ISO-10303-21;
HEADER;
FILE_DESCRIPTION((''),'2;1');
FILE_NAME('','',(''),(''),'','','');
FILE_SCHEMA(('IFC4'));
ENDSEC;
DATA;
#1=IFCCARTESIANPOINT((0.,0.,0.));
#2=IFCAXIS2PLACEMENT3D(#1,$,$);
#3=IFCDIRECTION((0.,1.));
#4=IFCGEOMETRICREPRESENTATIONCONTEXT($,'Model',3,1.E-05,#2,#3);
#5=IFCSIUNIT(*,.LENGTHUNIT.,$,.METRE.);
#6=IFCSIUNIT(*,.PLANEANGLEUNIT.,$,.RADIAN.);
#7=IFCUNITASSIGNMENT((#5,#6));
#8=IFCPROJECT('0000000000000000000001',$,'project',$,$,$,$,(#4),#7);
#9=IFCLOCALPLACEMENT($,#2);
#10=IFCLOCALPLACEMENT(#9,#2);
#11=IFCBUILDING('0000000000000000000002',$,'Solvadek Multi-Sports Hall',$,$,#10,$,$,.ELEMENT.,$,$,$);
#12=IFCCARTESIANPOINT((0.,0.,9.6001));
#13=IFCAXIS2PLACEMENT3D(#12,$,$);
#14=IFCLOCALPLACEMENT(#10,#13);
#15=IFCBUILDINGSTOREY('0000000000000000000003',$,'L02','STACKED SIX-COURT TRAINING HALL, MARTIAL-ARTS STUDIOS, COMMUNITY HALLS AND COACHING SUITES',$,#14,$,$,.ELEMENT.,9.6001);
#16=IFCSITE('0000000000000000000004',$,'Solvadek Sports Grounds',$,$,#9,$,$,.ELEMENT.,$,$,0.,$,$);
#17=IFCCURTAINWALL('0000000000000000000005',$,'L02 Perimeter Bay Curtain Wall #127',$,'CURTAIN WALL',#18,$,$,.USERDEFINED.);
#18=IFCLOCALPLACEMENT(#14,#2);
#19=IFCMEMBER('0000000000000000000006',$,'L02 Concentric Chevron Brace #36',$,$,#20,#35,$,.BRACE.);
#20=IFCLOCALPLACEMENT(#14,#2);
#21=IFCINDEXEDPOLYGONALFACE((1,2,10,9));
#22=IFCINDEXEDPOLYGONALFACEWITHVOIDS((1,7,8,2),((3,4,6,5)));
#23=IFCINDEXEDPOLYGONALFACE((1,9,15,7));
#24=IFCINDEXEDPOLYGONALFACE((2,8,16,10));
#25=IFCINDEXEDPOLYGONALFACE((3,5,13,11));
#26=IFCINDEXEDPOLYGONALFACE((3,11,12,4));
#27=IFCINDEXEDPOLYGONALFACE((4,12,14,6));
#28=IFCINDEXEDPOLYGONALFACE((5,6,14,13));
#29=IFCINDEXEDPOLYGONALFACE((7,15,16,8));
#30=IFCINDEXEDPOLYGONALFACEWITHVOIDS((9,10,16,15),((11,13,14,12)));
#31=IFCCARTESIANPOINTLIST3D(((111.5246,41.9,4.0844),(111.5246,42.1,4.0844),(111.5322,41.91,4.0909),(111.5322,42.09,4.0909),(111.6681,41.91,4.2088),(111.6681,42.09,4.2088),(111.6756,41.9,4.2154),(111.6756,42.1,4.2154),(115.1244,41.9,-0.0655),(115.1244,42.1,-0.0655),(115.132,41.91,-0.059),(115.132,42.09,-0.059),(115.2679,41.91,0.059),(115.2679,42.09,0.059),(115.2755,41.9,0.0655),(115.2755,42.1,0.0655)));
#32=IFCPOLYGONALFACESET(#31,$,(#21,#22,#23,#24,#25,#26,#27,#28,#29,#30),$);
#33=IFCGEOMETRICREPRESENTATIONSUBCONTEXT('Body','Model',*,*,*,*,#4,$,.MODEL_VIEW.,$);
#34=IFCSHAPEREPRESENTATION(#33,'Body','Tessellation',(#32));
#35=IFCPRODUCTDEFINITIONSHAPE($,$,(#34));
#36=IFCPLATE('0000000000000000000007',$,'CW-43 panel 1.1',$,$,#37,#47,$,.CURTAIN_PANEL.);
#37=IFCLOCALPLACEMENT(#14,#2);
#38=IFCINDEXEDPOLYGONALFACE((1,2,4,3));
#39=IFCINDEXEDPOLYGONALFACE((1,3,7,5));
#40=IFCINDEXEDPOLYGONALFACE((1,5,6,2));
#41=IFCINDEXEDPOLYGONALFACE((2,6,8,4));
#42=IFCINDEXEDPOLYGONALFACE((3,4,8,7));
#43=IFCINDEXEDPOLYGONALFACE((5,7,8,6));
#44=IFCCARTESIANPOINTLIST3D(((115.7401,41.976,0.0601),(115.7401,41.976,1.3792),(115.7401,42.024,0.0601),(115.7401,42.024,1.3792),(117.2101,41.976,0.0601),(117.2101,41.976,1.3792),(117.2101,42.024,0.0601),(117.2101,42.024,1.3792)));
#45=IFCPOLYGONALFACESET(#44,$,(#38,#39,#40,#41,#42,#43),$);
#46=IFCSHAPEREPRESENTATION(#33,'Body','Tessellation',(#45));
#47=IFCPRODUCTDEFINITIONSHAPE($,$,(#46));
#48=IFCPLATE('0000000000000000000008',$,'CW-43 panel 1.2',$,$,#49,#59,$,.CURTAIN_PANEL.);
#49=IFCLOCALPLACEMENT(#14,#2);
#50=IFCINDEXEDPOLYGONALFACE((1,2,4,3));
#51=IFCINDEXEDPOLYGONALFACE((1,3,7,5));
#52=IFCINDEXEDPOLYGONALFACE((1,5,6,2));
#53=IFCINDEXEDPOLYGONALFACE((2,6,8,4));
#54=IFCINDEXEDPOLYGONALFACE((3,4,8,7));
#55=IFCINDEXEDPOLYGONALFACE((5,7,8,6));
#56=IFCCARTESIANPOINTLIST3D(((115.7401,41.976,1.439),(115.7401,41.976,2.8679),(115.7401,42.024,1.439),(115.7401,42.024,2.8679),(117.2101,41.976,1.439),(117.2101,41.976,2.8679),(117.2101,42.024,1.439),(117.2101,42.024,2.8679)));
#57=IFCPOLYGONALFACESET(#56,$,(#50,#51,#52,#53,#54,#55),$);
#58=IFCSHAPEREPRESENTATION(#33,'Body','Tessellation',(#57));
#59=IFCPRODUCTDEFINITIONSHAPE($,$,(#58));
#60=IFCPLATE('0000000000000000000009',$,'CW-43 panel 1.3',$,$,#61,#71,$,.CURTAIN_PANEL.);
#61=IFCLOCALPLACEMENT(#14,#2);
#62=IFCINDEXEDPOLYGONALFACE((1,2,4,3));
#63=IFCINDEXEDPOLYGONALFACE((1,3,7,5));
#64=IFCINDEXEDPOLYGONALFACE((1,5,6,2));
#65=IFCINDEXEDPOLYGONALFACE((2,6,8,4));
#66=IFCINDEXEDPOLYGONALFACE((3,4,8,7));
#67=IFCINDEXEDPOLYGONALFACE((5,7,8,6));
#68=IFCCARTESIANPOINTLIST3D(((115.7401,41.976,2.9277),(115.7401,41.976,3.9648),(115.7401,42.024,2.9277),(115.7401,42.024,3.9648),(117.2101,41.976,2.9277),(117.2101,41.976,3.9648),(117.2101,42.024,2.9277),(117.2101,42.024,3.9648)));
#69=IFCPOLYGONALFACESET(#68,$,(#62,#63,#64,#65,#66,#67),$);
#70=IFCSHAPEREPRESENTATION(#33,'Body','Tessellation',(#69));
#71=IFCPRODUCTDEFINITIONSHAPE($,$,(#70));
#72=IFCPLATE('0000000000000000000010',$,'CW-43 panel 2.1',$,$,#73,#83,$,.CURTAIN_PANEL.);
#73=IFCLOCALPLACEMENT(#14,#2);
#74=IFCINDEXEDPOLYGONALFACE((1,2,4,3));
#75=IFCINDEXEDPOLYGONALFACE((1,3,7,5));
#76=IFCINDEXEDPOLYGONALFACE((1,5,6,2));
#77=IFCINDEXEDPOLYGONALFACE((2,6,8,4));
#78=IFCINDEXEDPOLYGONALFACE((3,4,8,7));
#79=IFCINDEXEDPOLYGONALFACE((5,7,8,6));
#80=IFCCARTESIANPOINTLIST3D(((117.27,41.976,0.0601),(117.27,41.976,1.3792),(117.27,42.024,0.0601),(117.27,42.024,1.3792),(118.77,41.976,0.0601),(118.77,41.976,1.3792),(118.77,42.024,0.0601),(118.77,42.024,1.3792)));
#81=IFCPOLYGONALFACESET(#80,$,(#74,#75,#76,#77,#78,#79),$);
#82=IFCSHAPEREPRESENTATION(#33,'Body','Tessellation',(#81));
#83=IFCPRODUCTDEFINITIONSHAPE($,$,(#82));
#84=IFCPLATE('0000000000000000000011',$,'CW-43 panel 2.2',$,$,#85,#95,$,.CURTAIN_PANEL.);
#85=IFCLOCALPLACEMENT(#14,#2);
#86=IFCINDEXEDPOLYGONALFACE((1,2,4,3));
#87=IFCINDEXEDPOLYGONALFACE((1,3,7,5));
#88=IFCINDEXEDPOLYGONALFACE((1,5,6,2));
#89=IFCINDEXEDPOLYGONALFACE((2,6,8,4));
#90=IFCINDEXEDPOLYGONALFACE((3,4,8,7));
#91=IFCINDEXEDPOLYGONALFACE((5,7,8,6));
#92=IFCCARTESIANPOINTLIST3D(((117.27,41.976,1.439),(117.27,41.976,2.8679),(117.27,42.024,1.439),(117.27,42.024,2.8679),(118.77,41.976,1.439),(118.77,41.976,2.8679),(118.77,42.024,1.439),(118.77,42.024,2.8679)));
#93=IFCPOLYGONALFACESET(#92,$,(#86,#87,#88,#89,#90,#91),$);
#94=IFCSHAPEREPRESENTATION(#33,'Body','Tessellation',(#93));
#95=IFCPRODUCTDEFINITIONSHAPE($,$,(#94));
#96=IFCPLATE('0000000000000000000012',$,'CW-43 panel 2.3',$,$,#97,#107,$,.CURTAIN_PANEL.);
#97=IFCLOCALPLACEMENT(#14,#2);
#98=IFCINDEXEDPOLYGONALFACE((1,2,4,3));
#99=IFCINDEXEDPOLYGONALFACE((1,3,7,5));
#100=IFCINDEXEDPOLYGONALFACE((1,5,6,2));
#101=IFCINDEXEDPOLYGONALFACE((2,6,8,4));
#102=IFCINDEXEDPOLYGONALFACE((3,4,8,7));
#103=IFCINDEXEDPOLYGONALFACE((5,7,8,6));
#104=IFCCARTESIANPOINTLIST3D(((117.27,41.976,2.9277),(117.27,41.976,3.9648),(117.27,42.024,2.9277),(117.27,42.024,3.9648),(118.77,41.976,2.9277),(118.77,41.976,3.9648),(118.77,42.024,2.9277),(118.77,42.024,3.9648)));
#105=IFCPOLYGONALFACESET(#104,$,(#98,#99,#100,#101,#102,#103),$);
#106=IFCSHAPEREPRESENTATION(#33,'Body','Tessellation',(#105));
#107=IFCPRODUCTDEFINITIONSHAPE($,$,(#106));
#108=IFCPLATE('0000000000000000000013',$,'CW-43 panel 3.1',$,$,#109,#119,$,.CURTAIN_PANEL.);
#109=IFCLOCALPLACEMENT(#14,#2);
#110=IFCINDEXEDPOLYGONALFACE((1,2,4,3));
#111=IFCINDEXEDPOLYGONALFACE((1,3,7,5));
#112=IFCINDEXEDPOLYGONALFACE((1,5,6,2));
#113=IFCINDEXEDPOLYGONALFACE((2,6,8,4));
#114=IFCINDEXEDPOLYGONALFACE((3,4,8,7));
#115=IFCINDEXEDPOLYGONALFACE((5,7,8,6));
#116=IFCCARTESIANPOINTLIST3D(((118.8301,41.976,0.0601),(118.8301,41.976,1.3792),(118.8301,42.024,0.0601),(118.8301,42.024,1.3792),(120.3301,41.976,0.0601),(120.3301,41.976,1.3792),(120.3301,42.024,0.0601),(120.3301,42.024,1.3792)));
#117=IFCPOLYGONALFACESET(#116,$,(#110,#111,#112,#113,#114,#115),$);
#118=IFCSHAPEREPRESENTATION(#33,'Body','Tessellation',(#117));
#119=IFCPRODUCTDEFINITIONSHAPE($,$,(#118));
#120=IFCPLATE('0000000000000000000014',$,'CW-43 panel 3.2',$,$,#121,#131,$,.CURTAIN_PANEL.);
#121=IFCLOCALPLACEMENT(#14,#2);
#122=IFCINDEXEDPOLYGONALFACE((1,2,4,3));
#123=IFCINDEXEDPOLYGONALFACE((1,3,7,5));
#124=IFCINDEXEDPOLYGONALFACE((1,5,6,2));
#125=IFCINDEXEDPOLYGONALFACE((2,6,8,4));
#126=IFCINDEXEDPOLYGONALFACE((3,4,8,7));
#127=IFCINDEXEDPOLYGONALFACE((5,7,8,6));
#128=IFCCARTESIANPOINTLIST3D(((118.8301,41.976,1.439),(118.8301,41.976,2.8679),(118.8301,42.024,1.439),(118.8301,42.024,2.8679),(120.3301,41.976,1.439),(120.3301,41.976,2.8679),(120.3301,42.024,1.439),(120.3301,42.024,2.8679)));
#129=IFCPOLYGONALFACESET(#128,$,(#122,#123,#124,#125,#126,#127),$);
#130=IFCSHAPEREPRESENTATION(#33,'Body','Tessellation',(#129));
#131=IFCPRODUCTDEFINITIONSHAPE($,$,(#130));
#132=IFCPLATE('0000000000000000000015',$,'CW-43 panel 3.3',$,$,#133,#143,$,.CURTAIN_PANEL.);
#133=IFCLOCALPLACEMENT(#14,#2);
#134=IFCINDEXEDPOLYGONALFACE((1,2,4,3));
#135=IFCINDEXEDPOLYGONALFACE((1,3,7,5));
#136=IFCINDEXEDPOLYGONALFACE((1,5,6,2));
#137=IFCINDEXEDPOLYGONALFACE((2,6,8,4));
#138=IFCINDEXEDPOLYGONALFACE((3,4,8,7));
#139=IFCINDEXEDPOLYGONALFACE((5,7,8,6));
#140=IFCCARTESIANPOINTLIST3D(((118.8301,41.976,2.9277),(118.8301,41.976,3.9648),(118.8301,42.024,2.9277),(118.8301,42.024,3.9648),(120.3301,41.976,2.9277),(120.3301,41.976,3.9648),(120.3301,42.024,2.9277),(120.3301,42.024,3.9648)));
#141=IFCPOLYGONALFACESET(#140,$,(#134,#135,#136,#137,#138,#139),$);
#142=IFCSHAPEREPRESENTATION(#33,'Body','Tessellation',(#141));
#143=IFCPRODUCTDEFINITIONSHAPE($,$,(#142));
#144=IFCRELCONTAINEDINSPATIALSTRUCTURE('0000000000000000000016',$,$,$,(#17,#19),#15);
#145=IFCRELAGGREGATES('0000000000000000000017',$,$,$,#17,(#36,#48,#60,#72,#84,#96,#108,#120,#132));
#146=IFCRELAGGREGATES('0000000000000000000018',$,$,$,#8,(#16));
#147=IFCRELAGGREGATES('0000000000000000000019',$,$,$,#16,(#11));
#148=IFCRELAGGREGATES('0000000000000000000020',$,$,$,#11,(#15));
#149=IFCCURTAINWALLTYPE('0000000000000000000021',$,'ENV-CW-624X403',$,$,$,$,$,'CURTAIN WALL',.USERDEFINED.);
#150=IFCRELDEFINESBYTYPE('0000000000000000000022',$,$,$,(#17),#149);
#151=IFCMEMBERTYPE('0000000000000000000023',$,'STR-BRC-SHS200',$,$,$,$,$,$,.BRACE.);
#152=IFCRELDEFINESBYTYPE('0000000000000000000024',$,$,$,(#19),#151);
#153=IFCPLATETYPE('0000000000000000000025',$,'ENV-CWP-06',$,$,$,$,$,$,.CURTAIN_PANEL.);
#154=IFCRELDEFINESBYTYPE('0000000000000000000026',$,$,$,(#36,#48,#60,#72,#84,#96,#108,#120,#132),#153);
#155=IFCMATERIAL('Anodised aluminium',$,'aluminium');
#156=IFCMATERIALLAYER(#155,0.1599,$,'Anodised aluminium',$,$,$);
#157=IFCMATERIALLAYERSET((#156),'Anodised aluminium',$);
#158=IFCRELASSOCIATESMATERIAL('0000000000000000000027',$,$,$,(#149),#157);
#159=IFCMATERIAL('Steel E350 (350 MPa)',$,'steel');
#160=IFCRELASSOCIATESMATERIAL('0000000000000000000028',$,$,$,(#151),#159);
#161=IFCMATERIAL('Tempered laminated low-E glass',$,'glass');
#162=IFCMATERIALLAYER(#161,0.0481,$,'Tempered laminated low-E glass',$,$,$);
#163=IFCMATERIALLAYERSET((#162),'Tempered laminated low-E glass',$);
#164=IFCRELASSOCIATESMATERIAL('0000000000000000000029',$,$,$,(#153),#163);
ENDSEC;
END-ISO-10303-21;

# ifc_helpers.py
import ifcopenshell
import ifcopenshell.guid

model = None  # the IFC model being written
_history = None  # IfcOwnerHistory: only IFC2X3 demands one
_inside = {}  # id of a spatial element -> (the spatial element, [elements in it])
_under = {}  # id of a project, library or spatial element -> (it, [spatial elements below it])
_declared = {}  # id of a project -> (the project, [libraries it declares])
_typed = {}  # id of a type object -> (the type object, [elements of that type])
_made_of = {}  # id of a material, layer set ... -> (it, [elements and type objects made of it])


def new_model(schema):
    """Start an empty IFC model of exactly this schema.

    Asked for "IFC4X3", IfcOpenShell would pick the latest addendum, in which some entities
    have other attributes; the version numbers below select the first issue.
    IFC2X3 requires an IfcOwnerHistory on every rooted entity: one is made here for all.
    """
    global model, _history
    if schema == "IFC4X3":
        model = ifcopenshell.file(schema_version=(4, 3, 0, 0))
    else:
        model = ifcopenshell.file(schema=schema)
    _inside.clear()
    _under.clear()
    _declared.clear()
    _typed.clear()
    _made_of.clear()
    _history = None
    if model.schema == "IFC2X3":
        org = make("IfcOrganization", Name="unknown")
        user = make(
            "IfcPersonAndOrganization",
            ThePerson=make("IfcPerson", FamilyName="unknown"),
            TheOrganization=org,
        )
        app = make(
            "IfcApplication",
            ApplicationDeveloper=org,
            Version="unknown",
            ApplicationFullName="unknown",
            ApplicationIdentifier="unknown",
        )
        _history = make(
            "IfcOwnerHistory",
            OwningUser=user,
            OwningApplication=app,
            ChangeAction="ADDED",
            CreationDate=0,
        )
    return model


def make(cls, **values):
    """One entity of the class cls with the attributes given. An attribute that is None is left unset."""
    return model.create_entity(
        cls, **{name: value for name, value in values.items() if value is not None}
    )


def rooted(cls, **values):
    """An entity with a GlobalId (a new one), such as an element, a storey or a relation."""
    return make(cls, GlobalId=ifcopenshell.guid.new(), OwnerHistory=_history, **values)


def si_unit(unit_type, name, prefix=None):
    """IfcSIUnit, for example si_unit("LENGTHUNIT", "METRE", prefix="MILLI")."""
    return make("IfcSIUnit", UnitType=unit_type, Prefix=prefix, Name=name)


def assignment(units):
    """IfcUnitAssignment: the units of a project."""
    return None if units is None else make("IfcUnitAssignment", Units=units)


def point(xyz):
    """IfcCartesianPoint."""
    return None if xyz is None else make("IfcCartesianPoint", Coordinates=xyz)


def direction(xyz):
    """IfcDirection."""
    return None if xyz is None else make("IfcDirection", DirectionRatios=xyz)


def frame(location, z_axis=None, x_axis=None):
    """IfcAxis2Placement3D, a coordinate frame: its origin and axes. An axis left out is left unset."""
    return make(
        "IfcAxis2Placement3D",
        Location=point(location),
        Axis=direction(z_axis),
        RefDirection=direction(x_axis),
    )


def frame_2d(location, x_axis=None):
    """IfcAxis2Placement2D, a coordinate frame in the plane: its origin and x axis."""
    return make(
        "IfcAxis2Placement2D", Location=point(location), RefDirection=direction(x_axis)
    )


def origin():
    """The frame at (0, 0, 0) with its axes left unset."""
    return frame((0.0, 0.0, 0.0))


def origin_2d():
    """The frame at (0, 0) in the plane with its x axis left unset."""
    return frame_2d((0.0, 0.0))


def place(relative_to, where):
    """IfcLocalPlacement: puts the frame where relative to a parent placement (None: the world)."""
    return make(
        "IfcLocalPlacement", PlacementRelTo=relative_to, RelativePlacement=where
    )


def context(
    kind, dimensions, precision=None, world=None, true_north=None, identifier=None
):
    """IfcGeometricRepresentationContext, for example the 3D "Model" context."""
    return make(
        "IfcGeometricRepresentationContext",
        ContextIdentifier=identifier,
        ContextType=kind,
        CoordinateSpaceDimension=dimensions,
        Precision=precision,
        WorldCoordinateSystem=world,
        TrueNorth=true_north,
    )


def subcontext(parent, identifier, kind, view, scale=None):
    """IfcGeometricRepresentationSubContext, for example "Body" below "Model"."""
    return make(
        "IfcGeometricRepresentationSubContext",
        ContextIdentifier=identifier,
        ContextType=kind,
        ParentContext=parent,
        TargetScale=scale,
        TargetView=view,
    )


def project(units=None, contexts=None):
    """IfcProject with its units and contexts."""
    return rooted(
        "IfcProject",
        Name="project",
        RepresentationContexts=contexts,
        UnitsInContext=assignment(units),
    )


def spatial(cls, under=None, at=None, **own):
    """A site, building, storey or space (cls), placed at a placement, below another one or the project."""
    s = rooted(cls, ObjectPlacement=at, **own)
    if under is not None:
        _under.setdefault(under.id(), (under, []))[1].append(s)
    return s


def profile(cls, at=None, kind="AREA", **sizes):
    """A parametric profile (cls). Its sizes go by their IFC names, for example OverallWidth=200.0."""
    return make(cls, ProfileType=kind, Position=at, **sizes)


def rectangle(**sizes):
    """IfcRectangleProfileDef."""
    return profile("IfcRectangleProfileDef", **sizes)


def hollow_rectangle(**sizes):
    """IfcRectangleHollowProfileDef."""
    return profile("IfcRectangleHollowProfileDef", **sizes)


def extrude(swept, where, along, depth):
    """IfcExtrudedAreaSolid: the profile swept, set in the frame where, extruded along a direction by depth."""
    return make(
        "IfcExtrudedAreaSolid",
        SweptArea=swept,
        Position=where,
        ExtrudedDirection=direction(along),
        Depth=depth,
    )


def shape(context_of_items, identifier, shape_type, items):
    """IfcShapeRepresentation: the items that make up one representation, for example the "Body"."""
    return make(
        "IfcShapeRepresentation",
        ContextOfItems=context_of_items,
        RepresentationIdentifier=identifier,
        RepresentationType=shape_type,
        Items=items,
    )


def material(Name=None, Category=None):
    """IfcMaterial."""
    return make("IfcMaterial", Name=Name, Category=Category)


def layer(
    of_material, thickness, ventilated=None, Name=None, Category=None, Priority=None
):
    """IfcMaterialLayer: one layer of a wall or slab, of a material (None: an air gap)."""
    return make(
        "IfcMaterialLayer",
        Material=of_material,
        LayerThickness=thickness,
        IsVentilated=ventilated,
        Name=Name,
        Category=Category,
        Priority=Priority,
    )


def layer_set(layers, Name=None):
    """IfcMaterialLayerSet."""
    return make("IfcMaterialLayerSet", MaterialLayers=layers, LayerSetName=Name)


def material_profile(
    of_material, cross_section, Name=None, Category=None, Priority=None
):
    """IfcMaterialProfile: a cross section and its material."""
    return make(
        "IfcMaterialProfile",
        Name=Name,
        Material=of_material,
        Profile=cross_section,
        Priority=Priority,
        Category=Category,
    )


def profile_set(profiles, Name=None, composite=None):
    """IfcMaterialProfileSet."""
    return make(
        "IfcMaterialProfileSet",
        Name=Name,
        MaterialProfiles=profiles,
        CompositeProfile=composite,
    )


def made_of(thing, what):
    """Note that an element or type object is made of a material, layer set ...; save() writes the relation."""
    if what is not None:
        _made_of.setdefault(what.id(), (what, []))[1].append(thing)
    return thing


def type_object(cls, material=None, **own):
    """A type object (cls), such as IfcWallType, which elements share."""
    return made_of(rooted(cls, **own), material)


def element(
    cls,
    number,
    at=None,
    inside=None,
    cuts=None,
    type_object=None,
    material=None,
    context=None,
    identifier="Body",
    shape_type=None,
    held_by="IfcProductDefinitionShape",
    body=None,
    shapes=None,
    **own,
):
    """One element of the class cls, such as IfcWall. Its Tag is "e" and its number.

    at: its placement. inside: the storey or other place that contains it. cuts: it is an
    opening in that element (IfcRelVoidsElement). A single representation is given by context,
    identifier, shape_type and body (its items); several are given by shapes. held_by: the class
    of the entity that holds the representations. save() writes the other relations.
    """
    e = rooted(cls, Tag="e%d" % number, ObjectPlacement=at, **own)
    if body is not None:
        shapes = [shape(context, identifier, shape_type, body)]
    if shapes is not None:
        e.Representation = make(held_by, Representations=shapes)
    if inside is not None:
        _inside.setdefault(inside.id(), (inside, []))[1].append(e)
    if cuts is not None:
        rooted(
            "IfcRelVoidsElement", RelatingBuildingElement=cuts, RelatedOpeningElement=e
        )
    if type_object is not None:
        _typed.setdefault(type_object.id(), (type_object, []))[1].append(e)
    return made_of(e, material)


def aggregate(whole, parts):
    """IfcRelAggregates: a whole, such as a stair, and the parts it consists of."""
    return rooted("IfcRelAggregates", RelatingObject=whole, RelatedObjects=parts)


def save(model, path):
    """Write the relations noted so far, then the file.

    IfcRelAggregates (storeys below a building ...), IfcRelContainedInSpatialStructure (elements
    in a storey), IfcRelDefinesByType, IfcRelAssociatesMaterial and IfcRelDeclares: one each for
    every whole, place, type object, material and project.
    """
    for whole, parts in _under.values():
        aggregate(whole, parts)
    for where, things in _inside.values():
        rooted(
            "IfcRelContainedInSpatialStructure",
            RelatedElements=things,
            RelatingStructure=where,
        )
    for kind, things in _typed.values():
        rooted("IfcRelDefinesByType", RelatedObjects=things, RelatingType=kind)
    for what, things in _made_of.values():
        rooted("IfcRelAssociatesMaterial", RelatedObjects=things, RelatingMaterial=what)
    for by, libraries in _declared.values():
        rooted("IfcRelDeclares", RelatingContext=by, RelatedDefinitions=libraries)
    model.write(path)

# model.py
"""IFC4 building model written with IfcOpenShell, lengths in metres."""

from ifc_helpers import new_model, si_unit, direction, frame, origin, origin_2d, place, context, subcontext, project, spatial, rectangle, hollow_rectangle, extrude, material, layer, layer_set, material_profile, profile_set, type_object, element, aggregate, save


model = new_model("IFC4")

# Units and contexts
model_context = context("Model", 3, precision=1e-05, world=origin(), true_north=direction((0.0, 1.0)))
body_context = subcontext(model_context, "Body", "Model", "MODEL_VIEW")
ifc_project = project(units=[si_unit("LENGTHUNIT", "METRE"), si_unit("PLANEANGLEUNIT", "RADIAN")], contexts=[model_context])

# Site, building, storey
site_placement = place(None, origin())
site = spatial("IfcSite", under=ifc_project, at=site_placement, Name="Solvadek Sports Grounds", CompositionType="ELEMENT", RefElevation=0.0)
building_placement = place(site_placement, origin())
building = spatial("IfcBuilding", under=site, at=building_placement, Name="Solvadek Multi-Sports Hall", CompositionType="ELEMENT")
storey_placement = place(building_placement, frame((0.0, 0.0, 9.6001)))
storey = spatial("IfcBuildingStorey", under=building, at=storey_placement, Name="L02", Description="STACKED SIX-COURT TRAINING HALL, MARTIAL-ARTS STUDIOS, COMMUNITY HALLS AND COACHING SUITES", CompositionType="ELEMENT", Elevation=9.6001)

# Shared definitions
ifc_material_1 = material(Name="Steel E350 (350 MPa)", Category="steel")

# Curtain wall
ifc_material_2 = material(Name="Anodised aluminium", Category="aluminium")
ifc_layer_1 = layer(ifc_material_2, 0.1599, Name="Anodised aluminium")
ifc_layer_set_1 = layer_set([ifc_layer_1], Name="Anodised aluminium")
curtain_wall_type = type_object("IfcCurtainWallType", Name="ENV-CW-624X403", ElementType="CURTAIN WALL", PredefinedType="USERDEFINED", material=ifc_layer_set_1)
curtain_wall_placement = place(storey_placement, origin())
curtain_wall = element("IfcCurtainWall", 1, at=curtain_wall_placement, inside=storey, type_object=curtain_wall_type, Name="L02 Perimeter Bay Curtain Wall #127", ObjectType="CURTAIN WALL", PredefinedType="USERDEFINED")

# Member
ifc_material_profile_1 = material_profile(ifc_material_1, hollow_rectangle(XDim=0.2, YDim=0.2, WallThickness=0.01, at=origin_2d()), Name="SHS 200x200x10")
ifc_profile_set_1 = profile_set([ifc_material_profile_1], Name="Steel E350 (350 MPa)")
member_type_1 = type_object("IfcMemberType", Name="STR-BRC-SHS200", PredefinedType="BRACE", material=ifc_profile_set_1)
member_1_placement = place(storey_placement, frame((115.2, 42.0, 0.0), z_axis=(-0.655271, 0.0, 0.755394), x_axis=(0.0, -1.0, 0.0)))
element("IfcMember", 2, at=member_1_placement, inside=storey, type_object=member_type_1, Name="L02 Concentric Chevron Brace #36", PredefinedType="BRACE", context=body_context, shape_type="SweptSolid", body=[
    extrude(hollow_rectangle(XDim=0.2, YDim=0.2, WallThickness=0.01, at=origin_2d()), origin(), (0.0, 0.0, 1.0), 5.4937),
])

# Plates
ifc_material_3 = material(Name="Tempered laminated low-E glass", Category="glass")
ifc_layer_2 = layer(ifc_material_3, 0.0481, Name="Tempered laminated low-E glass")
ifc_layer_set_2 = layer_set([ifc_layer_2], Name="Tempered laminated low-E glass")
plate_type = type_object("IfcPlateType", Name="ENV-CWP-06", PredefinedType="CURTAIN_PANEL", material=ifc_layer_set_2)
plate_1_placement = place(storey_placement, frame((116.4751, 42.0, 0.0601), z_axis=(0.0, 0.0, 1.0), x_axis=(1.0, 0.0, 0.0)))
plate_1 = element("IfcPlate", 3, at=plate_1_placement, type_object=plate_type, Name="CW-43 panel 1.1", PredefinedType="CURTAIN_PANEL", context=body_context, shape_type="SweptSolid", body=[
    extrude(rectangle(XDim=1.47, YDim=0.0481, at=origin_2d()), origin(), (0.0, 0.0, 1.0), 1.3191),
])
plate_2_placement = place(storey_placement, frame((116.4751, 42.0, 1.439), z_axis=(0.0, 0.0, 1.0), x_axis=(1.0, 0.0, 0.0)))
plate_2 = element("IfcPlate", 4, at=plate_2_placement, type_object=plate_type, Name="CW-43 panel 1.2", PredefinedType="CURTAIN_PANEL", context=body_context, shape_type="SweptSolid", body=[
    extrude(rectangle(XDim=1.47, YDim=0.0481, at=origin_2d()), origin(), (0.0, 0.0, 1.0), 1.429),
])
plate_3_placement = place(storey_placement, frame((116.4751, 42.0, 2.9277), z_axis=(0.0, 0.0, 1.0), x_axis=(1.0, 0.0, 0.0)))
plate_3 = element("IfcPlate", 5, at=plate_3_placement, type_object=plate_type, Name="CW-43 panel 1.3", PredefinedType="CURTAIN_PANEL", context=body_context, shape_type="SweptSolid", body=[
    extrude(rectangle(XDim=1.47, YDim=0.0481, at=origin_2d()), origin(), (0.0, 0.0, 1.0), 1.0371),
])
plate_4_placement = place(storey_placement, frame((118.02, 42.0, 0.0601), z_axis=(0.0, 0.0, 1.0), x_axis=(1.0, 0.0, 0.0)))
plate_4 = element("IfcPlate", 6, at=plate_4_placement, type_object=plate_type, Name="CW-43 panel 2.1", PredefinedType="CURTAIN_PANEL", context=body_context, shape_type="SweptSolid", body=[
    extrude(rectangle(XDim=1.5, YDim=0.0481, at=origin_2d()), origin(), (0.0, 0.0, 1.0), 1.3191),
])
plate_5_placement = place(storey_placement, frame((118.02, 42.0, 1.439), z_axis=(0.0, 0.0, 1.0), x_axis=(1.0, 0.0, 0.0)))
plate_5 = element("IfcPlate", 7, at=plate_5_placement, type_object=plate_type, Name="CW-43 panel 2.2", PredefinedType="CURTAIN_PANEL", context=body_context, shape_type="SweptSolid", body=[
    extrude(rectangle(XDim=1.5, YDim=0.0481, at=origin_2d()), origin(), (0.0, 0.0, 1.0), 1.429),
])
plate_6_placement = place(storey_placement, frame((118.02, 42.0, 2.9277), z_axis=(0.0, 0.0, 1.0), x_axis=(1.0, 0.0, 0.0)))
plate_6 = element("IfcPlate", 8, at=plate_6_placement, type_object=plate_type, Name="CW-43 panel 2.3", PredefinedType="CURTAIN_PANEL", context=body_context, shape_type="SweptSolid", body=[
    extrude(rectangle(XDim=1.5, YDim=0.0481, at=origin_2d()), origin(), (0.0, 0.0, 1.0), 1.0371),
])
plate_7_placement = place(storey_placement, frame((119.5801, 42.0, 0.0601), z_axis=(0.0, 0.0, 1.0), x_axis=(1.0, 0.0, 0.0)))
plate_7 = element("IfcPlate", 9, at=plate_7_placement, type_object=plate_type, Name="CW-43 panel 3.1", PredefinedType="CURTAIN_PANEL", context=body_context, shape_type="SweptSolid", body=[
    extrude(rectangle(XDim=1.5, YDim=0.0481, at=origin_2d()), origin(), (0.0, 0.0, 1.0), 1.3191),
])
plate_8_placement = place(storey_placement, frame((119.5801, 42.0, 1.439), z_axis=(0.0, 0.0, 1.0), x_axis=(1.0, 0.0, 0.0)))
plate_8 = element("IfcPlate", 10, at=plate_8_placement, type_object=plate_type, Name="CW-43 panel 3.2", PredefinedType="CURTAIN_PANEL", context=body_context, shape_type="SweptSolid", body=[
    extrude(rectangle(XDim=1.5, YDim=0.0481, at=origin_2d()), origin(), (0.0, 0.0, 1.0), 1.429),
])
plate_9_placement = place(storey_placement, frame((119.5801, 42.0, 2.9277), z_axis=(0.0, 0.0, 1.0), x_axis=(1.0, 0.0, 0.0)))
plate_9 = element("IfcPlate", 11, at=plate_9_placement, type_object=plate_type, Name="CW-43 panel 3.3", PredefinedType="CURTAIN_PANEL", context=body_context, shape_type="SweptSolid", body=[
    extrude(rectangle(XDim=1.5, YDim=0.0481, at=origin_2d()), origin(), (0.0, 0.0, 1.0), 1.0371),
])
aggregate(curtain_wall, [plate_1, plate_2, plate_3, plate_4, plate_5, plate_6, plate_7, plate_8, plate_9])

save(model, "model.ifc")
